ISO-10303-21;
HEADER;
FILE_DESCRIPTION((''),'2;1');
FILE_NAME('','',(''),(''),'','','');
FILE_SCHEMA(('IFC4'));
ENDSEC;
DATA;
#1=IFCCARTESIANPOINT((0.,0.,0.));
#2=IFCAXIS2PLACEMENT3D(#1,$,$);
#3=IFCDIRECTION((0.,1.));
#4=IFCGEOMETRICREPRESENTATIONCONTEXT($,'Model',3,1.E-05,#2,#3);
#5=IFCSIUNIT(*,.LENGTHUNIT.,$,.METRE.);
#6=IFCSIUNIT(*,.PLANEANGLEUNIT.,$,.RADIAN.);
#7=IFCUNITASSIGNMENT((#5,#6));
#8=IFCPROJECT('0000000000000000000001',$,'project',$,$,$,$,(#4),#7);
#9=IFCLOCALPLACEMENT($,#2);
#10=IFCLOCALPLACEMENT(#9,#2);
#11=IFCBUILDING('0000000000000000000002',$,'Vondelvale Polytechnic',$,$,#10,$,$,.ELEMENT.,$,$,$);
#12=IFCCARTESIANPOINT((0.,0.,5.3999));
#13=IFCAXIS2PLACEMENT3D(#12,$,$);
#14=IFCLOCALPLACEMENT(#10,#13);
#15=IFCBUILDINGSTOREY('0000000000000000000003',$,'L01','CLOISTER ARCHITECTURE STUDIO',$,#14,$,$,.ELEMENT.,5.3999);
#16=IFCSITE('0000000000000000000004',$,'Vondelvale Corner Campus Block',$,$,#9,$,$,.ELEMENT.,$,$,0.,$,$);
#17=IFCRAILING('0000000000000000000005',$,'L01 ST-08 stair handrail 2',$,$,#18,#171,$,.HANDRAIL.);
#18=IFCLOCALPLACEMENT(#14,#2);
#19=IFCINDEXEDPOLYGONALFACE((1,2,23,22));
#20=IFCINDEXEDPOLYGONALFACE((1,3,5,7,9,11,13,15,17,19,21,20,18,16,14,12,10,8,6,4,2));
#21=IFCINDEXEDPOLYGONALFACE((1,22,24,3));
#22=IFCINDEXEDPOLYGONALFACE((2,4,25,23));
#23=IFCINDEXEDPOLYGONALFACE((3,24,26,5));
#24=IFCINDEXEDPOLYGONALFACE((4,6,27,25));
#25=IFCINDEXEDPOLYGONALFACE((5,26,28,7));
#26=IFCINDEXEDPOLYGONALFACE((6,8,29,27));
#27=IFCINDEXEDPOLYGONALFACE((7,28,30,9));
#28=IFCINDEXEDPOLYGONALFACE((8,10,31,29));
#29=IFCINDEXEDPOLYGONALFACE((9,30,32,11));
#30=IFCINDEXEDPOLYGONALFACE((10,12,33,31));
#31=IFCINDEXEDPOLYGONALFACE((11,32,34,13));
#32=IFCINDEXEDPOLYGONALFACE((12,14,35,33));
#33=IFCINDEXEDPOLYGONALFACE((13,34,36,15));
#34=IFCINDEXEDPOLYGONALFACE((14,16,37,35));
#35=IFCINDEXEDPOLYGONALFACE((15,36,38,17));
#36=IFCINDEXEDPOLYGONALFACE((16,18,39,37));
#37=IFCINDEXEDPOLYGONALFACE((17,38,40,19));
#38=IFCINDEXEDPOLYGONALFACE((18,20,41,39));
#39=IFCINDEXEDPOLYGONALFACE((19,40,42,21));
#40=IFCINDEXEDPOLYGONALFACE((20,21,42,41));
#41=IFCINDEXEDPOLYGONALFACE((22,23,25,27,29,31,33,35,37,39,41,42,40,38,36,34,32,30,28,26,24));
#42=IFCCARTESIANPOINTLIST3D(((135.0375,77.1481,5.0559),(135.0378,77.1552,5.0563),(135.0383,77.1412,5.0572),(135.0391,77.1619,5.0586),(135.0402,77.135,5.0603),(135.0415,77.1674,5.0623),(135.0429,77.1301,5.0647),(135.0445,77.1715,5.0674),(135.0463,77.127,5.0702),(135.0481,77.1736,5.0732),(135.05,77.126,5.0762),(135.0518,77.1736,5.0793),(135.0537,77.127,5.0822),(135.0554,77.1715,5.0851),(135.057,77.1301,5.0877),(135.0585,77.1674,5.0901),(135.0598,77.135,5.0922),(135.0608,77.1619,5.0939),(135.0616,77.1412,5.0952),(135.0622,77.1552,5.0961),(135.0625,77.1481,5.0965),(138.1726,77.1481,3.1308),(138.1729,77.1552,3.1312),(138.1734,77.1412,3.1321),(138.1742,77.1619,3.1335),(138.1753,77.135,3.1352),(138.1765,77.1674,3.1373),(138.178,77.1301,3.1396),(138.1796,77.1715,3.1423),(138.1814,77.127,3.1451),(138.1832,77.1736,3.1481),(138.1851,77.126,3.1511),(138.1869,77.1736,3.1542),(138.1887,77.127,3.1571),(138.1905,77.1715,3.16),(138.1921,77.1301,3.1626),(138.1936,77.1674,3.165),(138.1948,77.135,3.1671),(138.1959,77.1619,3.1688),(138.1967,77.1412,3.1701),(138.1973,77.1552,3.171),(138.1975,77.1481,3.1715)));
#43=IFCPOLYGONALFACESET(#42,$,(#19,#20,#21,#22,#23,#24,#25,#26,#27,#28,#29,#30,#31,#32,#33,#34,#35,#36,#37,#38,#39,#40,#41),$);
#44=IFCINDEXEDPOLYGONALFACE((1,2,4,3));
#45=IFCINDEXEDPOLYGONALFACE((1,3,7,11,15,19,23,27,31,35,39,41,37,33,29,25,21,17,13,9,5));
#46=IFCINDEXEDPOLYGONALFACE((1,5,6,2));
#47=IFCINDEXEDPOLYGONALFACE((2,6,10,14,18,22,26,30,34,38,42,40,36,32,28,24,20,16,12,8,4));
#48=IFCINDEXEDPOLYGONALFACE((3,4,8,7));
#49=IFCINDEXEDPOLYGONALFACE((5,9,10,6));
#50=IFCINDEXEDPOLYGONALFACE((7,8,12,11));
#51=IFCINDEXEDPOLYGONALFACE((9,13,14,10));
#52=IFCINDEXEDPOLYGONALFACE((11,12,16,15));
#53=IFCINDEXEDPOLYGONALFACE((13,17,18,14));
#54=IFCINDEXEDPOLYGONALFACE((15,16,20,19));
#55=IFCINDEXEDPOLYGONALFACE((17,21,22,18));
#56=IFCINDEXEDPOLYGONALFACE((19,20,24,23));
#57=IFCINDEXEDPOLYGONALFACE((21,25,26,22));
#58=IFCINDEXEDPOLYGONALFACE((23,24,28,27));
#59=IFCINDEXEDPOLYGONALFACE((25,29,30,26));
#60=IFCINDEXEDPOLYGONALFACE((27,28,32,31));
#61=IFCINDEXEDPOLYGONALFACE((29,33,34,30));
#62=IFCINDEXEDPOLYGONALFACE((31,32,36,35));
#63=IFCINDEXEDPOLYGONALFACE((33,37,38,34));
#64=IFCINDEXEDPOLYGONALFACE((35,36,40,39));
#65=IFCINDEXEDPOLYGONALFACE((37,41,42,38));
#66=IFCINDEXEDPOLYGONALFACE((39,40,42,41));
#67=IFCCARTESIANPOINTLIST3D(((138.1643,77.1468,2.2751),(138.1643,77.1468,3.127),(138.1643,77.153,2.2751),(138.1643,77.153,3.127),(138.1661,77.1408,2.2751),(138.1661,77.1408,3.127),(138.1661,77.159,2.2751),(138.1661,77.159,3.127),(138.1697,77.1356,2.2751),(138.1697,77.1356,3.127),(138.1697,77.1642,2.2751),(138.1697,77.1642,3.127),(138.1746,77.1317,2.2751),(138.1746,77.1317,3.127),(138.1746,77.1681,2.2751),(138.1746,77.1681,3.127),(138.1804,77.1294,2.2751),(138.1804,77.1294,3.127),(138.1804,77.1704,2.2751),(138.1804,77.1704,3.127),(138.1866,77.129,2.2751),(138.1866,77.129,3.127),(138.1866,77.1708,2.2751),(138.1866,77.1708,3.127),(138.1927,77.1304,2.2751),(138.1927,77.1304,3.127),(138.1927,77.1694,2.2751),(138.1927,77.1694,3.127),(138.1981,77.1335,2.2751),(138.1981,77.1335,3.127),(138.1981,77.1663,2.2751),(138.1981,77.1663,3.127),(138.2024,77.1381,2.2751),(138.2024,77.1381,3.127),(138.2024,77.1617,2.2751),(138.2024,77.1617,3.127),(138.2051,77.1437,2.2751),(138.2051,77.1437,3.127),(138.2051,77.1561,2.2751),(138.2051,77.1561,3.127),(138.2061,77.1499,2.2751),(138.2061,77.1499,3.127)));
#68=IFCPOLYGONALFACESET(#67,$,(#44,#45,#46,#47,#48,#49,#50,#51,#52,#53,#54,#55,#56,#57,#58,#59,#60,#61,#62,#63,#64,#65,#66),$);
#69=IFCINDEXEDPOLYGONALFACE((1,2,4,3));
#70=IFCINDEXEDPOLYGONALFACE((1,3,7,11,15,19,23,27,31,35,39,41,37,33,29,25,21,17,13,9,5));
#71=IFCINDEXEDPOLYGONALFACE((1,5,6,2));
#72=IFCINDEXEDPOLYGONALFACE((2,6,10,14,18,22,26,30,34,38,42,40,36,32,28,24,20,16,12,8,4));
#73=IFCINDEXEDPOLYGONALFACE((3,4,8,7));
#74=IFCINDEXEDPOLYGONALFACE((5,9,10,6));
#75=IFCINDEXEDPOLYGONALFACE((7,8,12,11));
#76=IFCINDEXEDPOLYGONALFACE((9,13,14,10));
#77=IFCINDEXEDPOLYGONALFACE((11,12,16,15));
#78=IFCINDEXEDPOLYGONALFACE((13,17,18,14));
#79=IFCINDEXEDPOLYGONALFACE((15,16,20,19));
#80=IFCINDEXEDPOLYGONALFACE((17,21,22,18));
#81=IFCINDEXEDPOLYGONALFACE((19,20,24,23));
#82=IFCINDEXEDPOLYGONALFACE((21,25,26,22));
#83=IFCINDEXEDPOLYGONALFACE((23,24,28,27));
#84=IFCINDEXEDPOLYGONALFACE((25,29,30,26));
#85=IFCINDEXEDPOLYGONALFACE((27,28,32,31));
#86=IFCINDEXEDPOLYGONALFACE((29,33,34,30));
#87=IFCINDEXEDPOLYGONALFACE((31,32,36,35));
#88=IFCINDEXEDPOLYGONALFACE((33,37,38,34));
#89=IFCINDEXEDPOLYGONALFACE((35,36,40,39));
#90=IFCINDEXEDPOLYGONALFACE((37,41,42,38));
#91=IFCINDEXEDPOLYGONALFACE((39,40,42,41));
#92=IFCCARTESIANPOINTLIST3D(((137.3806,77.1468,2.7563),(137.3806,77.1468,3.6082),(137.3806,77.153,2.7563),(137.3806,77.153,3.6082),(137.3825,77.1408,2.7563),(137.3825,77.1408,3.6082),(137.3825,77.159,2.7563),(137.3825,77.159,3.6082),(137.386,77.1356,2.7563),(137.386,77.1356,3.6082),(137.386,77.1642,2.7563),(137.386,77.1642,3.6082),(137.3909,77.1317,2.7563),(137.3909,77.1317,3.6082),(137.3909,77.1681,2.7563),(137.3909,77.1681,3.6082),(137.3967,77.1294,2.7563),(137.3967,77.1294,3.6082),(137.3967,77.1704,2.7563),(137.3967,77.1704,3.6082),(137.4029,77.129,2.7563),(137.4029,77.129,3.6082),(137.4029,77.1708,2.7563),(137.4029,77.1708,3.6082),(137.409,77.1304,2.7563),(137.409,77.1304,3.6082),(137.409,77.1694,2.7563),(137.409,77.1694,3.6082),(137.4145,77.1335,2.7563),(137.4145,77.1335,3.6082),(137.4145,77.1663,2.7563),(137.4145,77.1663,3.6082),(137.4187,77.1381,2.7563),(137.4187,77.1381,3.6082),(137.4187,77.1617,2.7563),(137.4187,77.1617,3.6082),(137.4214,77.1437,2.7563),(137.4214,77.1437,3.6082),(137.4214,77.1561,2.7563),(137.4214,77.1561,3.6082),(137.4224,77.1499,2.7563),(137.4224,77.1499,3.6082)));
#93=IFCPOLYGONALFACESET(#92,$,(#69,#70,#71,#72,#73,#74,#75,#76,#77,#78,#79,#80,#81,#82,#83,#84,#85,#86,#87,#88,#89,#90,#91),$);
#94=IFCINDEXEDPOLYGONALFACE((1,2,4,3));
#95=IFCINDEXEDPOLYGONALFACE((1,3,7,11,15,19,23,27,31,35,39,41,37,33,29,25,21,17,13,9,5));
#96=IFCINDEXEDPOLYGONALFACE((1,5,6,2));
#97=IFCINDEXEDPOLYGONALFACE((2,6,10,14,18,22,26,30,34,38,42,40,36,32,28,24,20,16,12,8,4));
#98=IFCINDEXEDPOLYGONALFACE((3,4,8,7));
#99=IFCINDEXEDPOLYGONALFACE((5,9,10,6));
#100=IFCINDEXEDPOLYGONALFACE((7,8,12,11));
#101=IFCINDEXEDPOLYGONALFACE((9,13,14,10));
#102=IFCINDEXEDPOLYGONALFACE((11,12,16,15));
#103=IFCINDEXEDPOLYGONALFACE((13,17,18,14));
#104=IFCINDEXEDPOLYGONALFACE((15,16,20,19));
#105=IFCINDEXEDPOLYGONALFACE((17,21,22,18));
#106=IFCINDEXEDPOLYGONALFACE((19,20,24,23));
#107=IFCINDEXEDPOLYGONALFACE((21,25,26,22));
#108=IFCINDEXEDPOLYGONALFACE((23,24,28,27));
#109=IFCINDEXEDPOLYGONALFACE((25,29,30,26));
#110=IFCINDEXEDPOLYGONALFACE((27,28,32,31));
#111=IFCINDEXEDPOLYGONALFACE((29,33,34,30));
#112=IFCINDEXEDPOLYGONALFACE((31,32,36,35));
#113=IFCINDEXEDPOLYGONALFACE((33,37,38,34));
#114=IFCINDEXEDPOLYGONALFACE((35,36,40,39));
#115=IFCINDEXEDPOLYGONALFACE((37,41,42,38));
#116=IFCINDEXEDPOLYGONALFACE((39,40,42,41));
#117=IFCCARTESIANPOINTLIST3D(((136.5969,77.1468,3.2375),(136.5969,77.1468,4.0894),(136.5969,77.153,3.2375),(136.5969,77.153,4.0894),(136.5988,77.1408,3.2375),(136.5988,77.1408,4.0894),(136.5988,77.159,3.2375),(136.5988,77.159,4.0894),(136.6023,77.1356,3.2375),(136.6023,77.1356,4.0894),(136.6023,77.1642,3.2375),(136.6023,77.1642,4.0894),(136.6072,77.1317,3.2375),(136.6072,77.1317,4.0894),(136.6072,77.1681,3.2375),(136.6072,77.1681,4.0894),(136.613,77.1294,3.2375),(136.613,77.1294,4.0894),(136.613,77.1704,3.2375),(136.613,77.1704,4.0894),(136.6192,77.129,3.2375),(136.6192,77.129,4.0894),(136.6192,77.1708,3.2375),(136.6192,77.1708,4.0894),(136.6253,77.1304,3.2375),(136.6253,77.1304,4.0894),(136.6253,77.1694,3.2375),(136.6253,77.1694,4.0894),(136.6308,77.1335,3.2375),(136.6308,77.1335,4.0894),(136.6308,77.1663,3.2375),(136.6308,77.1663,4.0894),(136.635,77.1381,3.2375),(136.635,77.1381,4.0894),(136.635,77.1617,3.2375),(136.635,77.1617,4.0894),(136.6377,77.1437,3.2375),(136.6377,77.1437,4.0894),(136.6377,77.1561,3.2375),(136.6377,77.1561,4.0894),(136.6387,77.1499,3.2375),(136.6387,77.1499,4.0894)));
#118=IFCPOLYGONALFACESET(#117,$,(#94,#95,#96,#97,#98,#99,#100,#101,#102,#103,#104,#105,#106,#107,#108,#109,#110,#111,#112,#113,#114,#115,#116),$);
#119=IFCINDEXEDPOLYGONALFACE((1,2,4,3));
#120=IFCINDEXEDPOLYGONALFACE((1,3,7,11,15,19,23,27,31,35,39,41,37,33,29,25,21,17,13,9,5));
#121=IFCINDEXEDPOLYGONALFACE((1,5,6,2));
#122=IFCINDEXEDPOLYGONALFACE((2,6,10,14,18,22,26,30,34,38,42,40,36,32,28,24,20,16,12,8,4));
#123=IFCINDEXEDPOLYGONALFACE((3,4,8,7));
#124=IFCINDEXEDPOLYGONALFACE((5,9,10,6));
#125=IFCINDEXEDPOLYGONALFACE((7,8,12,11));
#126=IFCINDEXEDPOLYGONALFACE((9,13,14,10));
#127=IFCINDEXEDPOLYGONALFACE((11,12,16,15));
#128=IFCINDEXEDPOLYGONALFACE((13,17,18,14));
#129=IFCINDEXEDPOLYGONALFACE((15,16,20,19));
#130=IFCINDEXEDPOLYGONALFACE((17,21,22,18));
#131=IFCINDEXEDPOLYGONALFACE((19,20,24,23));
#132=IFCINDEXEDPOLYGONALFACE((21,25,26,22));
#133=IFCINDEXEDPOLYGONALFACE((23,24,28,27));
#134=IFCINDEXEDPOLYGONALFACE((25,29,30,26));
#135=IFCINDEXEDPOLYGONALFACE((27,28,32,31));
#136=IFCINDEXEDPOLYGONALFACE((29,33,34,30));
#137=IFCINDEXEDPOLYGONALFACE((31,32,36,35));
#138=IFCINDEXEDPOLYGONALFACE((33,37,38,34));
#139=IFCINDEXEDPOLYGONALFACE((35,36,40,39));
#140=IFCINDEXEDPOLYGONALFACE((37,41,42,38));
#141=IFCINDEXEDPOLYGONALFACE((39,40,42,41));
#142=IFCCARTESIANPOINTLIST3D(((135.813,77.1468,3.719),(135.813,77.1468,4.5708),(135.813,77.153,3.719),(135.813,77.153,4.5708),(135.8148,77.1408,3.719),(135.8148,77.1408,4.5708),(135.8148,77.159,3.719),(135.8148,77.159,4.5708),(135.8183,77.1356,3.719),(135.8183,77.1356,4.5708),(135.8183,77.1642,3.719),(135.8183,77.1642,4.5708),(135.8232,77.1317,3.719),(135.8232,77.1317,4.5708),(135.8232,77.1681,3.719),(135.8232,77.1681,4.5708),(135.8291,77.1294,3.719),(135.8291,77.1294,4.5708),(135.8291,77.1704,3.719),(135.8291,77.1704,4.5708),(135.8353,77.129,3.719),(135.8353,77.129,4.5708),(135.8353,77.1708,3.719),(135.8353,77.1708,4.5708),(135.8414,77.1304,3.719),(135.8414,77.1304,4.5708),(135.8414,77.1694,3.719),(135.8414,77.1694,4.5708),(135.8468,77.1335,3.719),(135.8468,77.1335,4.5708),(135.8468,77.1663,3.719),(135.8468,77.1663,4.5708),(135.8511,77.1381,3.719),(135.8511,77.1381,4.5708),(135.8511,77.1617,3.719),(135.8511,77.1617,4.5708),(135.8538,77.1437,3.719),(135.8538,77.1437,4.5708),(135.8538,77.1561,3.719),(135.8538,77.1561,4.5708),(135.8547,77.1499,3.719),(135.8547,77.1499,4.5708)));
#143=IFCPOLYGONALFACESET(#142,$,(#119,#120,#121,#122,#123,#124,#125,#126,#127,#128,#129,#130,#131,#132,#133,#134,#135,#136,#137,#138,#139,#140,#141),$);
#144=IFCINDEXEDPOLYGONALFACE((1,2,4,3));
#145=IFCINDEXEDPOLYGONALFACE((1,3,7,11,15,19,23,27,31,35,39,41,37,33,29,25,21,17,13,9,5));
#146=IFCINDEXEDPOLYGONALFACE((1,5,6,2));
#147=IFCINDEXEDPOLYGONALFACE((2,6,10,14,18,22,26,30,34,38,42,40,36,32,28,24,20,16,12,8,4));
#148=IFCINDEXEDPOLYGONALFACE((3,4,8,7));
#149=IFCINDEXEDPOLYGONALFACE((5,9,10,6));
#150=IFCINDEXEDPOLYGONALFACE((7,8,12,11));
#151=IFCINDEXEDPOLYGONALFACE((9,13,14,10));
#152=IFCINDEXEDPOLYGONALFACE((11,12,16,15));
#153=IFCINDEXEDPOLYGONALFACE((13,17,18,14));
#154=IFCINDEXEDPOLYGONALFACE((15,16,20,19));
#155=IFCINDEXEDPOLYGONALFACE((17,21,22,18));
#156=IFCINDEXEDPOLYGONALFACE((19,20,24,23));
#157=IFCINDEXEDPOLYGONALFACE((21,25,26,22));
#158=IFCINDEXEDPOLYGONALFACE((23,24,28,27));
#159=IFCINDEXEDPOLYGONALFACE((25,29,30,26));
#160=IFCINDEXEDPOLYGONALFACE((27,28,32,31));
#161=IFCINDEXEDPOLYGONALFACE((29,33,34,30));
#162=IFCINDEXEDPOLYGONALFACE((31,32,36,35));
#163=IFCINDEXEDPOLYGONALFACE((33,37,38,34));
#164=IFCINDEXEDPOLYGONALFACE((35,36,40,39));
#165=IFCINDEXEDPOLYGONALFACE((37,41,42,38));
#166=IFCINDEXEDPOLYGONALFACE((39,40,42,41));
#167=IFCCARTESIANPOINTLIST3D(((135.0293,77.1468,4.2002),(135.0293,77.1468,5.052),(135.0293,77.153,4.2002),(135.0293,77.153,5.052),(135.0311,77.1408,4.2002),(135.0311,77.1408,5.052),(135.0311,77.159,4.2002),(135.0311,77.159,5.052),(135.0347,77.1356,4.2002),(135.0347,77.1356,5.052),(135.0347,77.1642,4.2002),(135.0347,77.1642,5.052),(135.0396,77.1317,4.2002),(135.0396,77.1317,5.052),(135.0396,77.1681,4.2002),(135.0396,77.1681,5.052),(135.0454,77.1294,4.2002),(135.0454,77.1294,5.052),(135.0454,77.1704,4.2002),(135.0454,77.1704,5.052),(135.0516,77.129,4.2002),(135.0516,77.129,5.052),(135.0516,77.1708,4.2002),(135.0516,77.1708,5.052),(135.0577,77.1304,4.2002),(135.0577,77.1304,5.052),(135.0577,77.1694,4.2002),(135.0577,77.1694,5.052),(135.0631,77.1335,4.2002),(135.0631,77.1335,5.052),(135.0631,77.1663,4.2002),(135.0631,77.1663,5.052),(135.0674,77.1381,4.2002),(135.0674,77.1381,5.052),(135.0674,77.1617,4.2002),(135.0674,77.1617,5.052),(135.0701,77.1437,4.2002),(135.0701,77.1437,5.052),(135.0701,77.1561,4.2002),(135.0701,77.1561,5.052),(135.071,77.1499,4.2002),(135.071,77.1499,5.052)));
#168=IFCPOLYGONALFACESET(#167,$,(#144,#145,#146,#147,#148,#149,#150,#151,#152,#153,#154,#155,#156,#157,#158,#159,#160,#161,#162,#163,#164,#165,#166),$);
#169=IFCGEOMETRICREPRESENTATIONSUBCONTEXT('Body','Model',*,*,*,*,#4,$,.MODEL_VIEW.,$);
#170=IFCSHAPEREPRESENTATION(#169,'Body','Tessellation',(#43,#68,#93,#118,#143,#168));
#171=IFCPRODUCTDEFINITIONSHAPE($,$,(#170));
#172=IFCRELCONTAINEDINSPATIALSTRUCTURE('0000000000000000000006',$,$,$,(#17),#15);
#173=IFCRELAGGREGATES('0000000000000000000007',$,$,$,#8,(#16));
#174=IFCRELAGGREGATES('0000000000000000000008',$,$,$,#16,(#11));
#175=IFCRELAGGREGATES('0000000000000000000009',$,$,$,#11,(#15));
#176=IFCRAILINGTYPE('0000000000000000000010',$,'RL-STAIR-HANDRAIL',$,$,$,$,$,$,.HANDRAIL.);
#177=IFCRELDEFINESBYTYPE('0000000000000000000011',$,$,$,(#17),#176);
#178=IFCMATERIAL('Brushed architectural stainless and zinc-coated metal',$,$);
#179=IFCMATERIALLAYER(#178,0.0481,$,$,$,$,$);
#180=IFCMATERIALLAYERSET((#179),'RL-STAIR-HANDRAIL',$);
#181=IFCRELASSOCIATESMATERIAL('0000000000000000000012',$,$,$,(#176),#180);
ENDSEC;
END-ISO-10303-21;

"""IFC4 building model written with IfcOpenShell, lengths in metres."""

from ifc_helpers import new_model, si_unit, direction, frame, origin, origin_2d, place, context, subcontext, project, spatial, circle, extrude, material, layer, layer_set, type_object, element, save


model = new_model("IFC4")

# Units and contexts
model_context = context("Model", 3, precision=1e-05, world=origin(), true_north=direction((0.0, 1.0)))
body_context = subcontext(model_context, "Body", "Model", "MODEL_VIEW")
ifc_project = project(units=[si_unit("LENGTHUNIT", "METRE"), si_unit("PLANEANGLEUNIT", "RADIAN")], contexts=[model_context])

# Site, building, storey
site_placement = place(None, origin())
site = spatial("IfcSite", under=ifc_project, at=site_placement, Name="Vondelvale Corner Campus Block", CompositionType="ELEMENT", RefElevation=0.0)
building_placement = place(site_placement, origin())
building = spatial("IfcBuilding", under=site, at=building_placement, Name="Vondelvale Polytechnic", CompositionType="ELEMENT")
storey_placement = place(building_placement, frame((0.0, 0.0, 5.3999)))
storey = spatial("IfcBuildingStorey", under=building, at=storey_placement, Name="L01", Description="CLOISTER ARCHITECTURE STUDIO", CompositionType="ELEMENT", Elevation=5.3999)

# Shared definitions
ifc_material_1 = material(Name="Brushed architectural stainless and zinc-coated metal")

# Railing
ifc_layer_1 = layer(ifc_material_1, 0.0481)
ifc_layer_set_1 = layer_set([ifc_layer_1], Name="RL-STAIR-HANDRAIL")
railing_type_1 = type_object("IfcRailingType", Name="RL-STAIR-HANDRAIL", PredefinedType="HANDRAIL", material=ifc_layer_set_1)
railing_1_placement = place(storey_placement, frame((138.1851, 77.1499, 2.2751)))
element("IfcRailing", 1, at=railing_1_placement, inside=storey, type_object=railing_type_1, Name="L01 ST-08 stair handrail 2", PredefinedType="HANDRAIL", context=body_context, shape_type="SweptSolid", body=[
    extrude(circle(Radius=0.0239, at=origin_2d()), frame((0.0, 0.0, 0.876), z_axis=(-0.852166, 0.0, 0.523271), x_axis=(0.0, -1.0, 0.0)), (0.0, 0.0, 1.0), 3.679),
    extrude(circle(Radius=0.021, at=origin_2d()), origin(), (0.0, 0.0, 1.0), 0.8518),
    extrude(circle(Radius=0.021, at=origin_2d()), frame((-0.7837, 0.0, 0.4812)), (0.0, 0.0, 1.0), 0.8518),
    extrude(circle(Radius=0.021, at=origin_2d()), frame((-1.5674, 0.0, 0.9624)), (0.0, 0.0, 1.0), 0.8518),
    extrude(circle(Radius=0.021, at=origin_2d()), frame((-2.3513, 0.0, 1.4438)), (0.0, 0.0, 1.0), 0.8518),
    extrude(circle(Radius=0.021, at=origin_2d()), frame((-3.135, 0.0, 1.925)), (0.0, 0.0, 1.0), 0.8518),
])

save(model, "model.ifc")
